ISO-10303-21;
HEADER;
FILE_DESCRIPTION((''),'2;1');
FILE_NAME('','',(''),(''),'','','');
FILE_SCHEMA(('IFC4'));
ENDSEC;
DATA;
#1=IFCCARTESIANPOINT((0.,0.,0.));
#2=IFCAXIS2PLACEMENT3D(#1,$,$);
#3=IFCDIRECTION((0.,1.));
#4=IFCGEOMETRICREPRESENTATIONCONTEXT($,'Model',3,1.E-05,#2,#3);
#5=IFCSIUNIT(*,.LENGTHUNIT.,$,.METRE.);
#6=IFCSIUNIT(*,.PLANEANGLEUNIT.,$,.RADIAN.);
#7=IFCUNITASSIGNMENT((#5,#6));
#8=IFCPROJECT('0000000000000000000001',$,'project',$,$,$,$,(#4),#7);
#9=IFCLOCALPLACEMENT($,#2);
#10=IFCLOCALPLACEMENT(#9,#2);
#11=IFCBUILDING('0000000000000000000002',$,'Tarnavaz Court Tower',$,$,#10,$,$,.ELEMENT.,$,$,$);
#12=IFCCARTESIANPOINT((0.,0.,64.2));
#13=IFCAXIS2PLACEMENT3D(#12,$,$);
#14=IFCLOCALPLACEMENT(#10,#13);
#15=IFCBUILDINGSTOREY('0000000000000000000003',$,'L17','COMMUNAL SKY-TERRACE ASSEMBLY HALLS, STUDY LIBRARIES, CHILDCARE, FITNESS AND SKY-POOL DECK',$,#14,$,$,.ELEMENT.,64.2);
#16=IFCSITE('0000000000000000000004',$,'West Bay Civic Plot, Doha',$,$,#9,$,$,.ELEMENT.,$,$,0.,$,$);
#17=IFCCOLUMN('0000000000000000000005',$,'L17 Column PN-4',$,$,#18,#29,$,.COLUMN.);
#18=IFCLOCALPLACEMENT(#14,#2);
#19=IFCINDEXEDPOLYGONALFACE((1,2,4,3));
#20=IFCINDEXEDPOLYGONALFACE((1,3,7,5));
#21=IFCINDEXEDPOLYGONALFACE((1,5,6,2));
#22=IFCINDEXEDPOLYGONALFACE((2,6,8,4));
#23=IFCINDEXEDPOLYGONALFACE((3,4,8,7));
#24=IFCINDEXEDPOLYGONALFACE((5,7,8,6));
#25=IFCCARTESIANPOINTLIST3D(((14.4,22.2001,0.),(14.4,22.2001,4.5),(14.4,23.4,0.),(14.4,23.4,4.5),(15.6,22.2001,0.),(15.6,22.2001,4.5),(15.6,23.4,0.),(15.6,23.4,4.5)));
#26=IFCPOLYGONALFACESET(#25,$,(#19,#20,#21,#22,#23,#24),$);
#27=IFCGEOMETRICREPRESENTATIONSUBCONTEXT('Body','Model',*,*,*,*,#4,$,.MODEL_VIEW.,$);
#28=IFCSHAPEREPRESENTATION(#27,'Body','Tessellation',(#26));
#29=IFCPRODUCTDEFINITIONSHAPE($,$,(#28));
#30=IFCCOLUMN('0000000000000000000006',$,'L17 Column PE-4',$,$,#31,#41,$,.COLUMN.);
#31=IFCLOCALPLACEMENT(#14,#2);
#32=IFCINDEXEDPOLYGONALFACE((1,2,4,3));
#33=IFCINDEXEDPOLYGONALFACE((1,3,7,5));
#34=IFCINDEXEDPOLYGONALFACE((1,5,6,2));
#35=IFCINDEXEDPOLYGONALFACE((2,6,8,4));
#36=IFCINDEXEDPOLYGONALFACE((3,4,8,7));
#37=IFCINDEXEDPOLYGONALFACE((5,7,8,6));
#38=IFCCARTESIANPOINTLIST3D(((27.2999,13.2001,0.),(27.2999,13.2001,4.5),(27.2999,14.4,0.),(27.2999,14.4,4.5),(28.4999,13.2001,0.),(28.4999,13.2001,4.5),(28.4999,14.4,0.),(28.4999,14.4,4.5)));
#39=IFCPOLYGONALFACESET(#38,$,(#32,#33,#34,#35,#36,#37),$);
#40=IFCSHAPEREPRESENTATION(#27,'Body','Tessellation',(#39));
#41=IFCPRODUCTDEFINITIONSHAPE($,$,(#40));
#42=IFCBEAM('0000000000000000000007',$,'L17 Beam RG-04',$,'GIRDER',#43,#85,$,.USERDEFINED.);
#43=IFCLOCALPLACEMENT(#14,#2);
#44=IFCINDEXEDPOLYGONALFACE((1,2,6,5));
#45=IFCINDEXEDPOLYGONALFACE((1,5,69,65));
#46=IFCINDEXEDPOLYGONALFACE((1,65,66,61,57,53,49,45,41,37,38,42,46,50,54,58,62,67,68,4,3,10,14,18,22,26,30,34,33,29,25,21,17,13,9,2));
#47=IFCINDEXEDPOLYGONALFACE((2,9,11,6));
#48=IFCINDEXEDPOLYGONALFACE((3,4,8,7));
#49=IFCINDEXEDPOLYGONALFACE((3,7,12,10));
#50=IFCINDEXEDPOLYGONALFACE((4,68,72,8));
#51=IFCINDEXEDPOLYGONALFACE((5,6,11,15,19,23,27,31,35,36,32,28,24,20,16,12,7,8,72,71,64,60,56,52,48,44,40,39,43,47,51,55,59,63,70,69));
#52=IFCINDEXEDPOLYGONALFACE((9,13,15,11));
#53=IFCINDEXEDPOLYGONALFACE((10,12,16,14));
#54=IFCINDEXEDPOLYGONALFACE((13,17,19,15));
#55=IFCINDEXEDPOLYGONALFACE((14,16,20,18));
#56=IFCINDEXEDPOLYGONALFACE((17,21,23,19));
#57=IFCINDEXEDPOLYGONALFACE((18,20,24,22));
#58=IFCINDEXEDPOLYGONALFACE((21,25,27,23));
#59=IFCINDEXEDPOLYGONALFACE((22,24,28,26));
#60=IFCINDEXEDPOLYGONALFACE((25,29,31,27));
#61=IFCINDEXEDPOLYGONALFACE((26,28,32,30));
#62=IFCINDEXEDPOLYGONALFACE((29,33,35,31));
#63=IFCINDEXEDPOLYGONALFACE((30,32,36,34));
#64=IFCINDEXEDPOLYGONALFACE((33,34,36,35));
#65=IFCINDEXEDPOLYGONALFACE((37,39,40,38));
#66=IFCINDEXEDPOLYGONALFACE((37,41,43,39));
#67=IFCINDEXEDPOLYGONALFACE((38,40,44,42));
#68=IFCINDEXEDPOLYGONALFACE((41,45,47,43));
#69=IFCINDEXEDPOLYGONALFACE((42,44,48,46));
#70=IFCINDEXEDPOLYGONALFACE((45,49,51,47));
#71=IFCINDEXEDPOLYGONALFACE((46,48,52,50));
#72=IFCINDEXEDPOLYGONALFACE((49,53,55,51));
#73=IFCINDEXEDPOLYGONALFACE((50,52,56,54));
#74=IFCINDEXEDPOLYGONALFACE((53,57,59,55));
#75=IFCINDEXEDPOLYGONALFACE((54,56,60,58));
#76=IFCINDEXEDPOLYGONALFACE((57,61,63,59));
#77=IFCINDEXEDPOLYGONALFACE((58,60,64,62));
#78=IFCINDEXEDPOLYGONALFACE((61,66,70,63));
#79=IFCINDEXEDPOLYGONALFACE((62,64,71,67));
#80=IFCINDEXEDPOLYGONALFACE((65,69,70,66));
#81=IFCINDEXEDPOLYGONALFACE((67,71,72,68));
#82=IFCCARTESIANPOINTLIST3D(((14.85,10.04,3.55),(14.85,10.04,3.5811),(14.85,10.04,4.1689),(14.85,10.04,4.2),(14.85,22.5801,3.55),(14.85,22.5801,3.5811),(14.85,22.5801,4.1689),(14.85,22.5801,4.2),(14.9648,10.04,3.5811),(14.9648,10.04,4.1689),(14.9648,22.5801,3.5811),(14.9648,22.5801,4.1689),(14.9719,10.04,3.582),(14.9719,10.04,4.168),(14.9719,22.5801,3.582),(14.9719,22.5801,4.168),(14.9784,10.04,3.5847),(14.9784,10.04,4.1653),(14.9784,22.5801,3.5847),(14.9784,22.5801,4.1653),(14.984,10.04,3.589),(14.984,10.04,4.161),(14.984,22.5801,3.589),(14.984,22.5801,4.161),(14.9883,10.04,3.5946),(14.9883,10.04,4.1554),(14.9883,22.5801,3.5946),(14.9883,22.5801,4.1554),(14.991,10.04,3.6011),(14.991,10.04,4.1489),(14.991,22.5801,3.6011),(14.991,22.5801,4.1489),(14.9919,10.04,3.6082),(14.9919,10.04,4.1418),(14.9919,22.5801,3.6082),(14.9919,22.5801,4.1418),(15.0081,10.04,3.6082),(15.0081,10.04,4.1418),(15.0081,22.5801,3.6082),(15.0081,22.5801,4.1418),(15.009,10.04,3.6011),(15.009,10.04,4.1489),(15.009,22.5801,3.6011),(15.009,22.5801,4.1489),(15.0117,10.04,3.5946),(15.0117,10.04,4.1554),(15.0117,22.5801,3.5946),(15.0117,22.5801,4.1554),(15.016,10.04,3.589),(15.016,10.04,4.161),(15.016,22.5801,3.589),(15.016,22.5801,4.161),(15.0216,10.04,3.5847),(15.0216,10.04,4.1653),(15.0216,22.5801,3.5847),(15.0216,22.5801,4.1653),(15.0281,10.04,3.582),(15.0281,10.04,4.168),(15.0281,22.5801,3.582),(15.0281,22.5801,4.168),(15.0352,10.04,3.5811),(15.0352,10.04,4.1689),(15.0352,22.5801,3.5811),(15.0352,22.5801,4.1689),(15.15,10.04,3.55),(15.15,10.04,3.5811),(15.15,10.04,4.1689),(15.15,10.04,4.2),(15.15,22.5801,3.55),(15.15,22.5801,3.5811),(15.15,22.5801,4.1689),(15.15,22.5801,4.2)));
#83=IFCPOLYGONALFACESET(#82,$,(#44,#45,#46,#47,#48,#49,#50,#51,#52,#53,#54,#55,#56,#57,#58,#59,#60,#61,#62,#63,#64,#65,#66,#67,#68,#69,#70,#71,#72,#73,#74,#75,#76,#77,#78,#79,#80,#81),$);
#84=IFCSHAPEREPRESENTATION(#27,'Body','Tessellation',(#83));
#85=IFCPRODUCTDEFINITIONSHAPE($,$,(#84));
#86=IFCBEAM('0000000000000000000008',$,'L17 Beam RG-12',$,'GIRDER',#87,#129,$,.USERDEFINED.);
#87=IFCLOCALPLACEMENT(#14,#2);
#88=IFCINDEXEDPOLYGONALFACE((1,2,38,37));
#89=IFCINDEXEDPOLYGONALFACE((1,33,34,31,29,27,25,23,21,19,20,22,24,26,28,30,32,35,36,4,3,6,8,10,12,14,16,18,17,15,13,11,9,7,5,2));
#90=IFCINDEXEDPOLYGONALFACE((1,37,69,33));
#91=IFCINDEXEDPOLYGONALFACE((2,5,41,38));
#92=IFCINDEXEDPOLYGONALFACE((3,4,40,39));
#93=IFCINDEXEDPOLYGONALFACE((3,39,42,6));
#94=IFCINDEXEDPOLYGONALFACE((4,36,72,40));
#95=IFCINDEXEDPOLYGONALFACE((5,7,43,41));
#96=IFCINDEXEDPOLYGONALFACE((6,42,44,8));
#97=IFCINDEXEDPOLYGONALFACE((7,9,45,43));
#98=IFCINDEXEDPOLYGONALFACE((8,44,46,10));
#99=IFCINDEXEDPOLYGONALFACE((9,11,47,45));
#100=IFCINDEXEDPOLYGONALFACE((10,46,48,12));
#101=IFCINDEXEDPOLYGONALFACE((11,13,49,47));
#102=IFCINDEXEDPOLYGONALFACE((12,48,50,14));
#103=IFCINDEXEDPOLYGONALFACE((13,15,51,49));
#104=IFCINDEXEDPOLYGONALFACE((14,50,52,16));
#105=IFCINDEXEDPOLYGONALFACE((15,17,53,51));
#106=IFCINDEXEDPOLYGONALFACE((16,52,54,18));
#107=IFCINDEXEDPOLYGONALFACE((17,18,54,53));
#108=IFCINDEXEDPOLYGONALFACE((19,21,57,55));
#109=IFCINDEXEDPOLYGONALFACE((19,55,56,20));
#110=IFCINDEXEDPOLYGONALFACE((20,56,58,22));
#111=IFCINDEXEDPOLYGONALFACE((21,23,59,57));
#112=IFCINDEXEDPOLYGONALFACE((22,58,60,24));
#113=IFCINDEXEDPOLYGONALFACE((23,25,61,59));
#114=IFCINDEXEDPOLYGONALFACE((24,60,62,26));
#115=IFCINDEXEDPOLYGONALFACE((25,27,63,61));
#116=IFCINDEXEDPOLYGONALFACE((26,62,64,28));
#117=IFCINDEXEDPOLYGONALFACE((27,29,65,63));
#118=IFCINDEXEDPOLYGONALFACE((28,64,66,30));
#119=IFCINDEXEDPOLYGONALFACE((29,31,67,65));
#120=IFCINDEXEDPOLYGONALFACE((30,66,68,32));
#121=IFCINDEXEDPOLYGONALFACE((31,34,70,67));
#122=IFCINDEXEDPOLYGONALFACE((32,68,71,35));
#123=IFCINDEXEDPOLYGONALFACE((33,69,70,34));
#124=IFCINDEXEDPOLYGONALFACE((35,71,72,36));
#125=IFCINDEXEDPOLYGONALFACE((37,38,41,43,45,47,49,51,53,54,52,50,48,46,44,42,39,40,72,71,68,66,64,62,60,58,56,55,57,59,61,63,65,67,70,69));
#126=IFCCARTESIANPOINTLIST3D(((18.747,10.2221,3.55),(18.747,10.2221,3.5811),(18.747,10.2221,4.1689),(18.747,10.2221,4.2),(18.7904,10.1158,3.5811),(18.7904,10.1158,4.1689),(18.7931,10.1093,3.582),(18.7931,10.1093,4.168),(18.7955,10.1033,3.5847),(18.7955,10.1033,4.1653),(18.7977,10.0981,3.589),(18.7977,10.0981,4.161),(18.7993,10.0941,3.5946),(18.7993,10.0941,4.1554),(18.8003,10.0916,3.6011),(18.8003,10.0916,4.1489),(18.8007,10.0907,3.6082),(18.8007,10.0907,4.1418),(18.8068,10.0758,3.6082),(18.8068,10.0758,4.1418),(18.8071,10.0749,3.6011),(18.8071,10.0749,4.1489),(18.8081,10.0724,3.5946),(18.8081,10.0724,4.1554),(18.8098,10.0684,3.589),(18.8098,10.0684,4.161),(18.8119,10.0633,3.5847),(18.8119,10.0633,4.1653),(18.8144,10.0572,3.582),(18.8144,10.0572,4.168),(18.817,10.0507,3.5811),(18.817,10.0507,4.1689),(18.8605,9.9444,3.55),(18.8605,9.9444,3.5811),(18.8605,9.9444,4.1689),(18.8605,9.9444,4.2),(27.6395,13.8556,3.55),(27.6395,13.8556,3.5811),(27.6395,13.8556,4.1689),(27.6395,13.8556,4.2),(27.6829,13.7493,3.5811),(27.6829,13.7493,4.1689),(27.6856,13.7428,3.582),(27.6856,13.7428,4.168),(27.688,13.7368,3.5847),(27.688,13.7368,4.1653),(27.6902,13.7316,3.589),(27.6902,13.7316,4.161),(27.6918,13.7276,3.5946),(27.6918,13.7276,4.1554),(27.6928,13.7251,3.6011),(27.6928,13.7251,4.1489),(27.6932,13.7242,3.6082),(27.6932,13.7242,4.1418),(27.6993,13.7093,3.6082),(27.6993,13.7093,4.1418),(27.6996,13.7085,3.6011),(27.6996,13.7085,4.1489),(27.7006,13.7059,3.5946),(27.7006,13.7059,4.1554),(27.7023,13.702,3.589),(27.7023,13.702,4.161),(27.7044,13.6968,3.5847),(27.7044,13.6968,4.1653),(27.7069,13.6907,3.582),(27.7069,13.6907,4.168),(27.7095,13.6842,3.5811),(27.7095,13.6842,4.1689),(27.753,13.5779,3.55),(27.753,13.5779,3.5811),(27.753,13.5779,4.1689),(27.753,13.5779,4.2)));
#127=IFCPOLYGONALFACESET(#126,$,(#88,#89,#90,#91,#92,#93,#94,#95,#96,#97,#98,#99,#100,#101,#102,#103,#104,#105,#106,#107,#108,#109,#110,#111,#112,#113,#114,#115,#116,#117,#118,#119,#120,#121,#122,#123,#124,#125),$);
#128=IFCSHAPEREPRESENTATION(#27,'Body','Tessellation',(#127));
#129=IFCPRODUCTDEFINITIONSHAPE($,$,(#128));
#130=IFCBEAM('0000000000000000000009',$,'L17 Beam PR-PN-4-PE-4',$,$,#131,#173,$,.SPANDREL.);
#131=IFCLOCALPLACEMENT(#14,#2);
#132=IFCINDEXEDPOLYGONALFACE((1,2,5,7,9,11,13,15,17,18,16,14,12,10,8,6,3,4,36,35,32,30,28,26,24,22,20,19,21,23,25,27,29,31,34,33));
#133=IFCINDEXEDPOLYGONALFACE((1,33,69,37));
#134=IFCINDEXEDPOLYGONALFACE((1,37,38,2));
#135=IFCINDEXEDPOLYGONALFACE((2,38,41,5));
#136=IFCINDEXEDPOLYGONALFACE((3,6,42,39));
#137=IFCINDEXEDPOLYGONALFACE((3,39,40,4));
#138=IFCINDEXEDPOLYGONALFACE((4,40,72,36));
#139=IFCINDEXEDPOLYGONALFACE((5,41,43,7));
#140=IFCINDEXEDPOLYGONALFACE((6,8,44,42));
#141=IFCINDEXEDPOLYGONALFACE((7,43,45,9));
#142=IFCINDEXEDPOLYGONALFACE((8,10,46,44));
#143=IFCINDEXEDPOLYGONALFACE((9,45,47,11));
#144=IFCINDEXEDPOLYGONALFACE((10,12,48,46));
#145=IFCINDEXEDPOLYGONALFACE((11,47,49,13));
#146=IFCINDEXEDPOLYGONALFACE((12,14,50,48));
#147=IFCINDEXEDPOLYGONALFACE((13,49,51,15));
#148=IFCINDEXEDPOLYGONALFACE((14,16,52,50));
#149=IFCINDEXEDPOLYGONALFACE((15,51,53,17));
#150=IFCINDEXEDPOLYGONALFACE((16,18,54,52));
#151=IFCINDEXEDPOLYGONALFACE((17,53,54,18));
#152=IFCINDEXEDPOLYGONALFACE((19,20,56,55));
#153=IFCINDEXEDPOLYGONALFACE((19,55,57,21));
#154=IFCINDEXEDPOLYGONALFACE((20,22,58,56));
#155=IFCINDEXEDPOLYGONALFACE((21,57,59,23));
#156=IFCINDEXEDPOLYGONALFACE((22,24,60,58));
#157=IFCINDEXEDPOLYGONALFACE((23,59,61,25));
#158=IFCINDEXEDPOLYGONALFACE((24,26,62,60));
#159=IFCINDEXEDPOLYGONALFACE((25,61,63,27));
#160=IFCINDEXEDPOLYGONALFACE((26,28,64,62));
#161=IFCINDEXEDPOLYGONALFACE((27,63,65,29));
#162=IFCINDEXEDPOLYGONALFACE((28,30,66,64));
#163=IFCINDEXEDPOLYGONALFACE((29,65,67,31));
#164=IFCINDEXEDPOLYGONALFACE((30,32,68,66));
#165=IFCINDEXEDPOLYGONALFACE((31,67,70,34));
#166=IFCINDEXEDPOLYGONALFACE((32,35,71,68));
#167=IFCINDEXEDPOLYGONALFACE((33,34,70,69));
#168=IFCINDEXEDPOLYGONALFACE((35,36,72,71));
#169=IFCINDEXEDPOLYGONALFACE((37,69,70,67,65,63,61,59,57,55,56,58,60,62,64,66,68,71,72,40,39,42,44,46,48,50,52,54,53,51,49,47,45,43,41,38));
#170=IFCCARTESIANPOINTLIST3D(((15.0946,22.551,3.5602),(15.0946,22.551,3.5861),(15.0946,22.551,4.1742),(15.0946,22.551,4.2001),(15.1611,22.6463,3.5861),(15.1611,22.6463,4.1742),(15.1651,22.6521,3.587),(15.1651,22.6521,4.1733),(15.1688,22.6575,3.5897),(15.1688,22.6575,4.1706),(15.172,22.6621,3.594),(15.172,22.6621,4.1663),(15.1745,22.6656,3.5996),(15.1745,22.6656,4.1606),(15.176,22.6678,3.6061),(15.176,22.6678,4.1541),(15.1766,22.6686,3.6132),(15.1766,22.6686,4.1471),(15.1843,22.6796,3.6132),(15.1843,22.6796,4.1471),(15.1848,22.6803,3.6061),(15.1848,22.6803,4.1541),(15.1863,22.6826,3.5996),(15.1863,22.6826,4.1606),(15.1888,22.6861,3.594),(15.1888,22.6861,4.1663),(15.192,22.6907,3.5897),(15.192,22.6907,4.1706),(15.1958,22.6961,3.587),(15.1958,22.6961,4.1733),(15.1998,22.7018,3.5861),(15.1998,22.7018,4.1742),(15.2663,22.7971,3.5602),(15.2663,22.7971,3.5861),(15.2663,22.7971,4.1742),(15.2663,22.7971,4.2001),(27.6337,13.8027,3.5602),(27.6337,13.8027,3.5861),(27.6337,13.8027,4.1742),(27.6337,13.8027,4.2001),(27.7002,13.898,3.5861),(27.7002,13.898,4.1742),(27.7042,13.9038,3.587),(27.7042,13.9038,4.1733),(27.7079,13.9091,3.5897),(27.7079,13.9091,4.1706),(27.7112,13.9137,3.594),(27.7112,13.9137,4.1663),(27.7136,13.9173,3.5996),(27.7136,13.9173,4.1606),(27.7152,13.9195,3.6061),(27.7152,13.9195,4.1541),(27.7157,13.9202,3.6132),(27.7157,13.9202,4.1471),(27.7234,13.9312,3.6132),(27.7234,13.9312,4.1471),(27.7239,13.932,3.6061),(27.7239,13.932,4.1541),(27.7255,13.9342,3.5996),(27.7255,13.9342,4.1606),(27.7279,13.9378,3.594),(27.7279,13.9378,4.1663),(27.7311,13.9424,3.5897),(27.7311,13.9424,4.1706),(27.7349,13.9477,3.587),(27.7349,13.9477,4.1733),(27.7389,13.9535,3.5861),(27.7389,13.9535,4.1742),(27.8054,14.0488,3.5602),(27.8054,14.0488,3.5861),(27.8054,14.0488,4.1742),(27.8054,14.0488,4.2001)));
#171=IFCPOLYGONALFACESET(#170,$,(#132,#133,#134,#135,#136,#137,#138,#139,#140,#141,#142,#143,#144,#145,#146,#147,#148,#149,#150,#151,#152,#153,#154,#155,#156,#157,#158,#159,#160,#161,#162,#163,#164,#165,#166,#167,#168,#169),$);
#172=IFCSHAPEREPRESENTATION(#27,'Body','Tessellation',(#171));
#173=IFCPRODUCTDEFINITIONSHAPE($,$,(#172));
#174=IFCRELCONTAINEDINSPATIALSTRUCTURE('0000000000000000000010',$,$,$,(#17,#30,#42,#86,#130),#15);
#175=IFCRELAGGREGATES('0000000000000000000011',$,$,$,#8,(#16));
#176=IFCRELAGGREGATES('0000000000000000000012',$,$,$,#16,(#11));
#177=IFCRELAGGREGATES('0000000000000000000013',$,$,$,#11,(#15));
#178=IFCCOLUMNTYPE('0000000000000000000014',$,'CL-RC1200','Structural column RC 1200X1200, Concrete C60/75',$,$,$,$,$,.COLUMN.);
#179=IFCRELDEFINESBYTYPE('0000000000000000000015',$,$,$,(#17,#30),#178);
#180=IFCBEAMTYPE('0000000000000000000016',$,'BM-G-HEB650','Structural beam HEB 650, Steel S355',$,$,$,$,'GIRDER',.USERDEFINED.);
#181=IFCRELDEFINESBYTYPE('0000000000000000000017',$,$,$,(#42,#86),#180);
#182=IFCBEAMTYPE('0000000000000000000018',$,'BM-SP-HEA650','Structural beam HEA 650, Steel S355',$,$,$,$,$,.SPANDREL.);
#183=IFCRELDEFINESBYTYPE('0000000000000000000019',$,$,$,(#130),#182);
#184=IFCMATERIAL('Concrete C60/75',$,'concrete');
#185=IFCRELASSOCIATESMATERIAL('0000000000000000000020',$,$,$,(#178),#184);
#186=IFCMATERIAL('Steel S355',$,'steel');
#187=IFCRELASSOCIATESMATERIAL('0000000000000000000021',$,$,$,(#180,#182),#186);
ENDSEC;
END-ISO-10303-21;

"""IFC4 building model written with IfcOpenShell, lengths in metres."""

from ifc_helpers import new_model, si_unit, direction, frame, origin, origin_2d, place, context, subcontext, project, spatial, rectangle, i_section, extrude, material, material_profile, profile_set, type_object, element, save


model = new_model("IFC4")

# Units and contexts
model_context = context("Model", 3, precision=1e-05, world=origin(), true_north=direction((0.0, 1.0)))
body_context = subcontext(model_context, "Body", "Model", "MODEL_VIEW")
ifc_project = project(units=[si_unit("LENGTHUNIT", "METRE"), si_unit("PLANEANGLEUNIT", "RADIAN")], contexts=[model_context])

# Site, building, storey
site_placement = place(None, origin())
site = spatial("IfcSite", under=ifc_project, at=site_placement, Name="West Bay Civic Plot, Doha", CompositionType="ELEMENT", RefElevation=0.0)
building_placement = place(site_placement, origin())
building = spatial("IfcBuilding", under=site, at=building_placement, Name="Tarnavaz Court Tower", CompositionType="ELEMENT")
storey_placement = place(building_placement, frame((0.0, 0.0, 64.2)))
storey = spatial("IfcBuildingStorey", under=building, at=storey_placement, Name="L17", Description="COMMUNAL SKY-TERRACE ASSEMBLY HALLS, STUDY LIBRARIES, CHILDCARE, FITNESS AND SKY-POOL DECK", CompositionType="ELEMENT", Elevation=64.2)

# Columns
ifc_material_1 = material(Name="Concrete C60/75", Category="concrete")
ifc_material_profile_1 = material_profile(ifc_material_1, rectangle(XDim=1.2, YDim=1.2, at=origin_2d()), Name="RC 1200X1200")
ifc_profile_set_1 = profile_set([ifc_material_profile_1], Name="Concrete C60/75")
column_type = type_object("IfcColumnType", Name="CL-RC1200", Description="Structural column RC 1200X1200, Concrete C60/75", PredefinedType="COLUMN", material=ifc_profile_set_1)
for number, where, z_axis, x_axis, name in (
    (1, (15.0, 22.8, 0.0), (0.0, 0.0, 1.0), (1.0, 0.0, 0.0), "L17 Column PN-4"),
    (2, (27.8999, 13.8, 0.0), (0.0, 0.0, 1.0), (1.0, 0.0, 0.0), "L17 Column PE-4"),
):
    element("IfcColumn", number, at=place(storey_placement, frame(where, z_axis=z_axis, x_axis=x_axis)), inside=storey, type_object=column_type, Name=name, PredefinedType="COLUMN", context=body_context, shape_type="SweptSolid", body=[
        extrude(rectangle(XDim=1.2, YDim=1.2, at=origin_2d()), origin(), (0.0, 0.0, 1.0), 4.5),
    ])

# Beams
ifc_material_2 = material(Name="Steel S355", Category="steel")
ifc_material_profile_2 = material_profile(ifc_material_2, i_section(OverallWidth=0.3, OverallDepth=0.6499, WebThickness=0.0161, FlangeThickness=0.031, FilletRadius=0.0271, at=origin_2d()), Name="HEB 650")
ifc_profile_set_2 = profile_set([ifc_material_profile_2], Name="Steel S355")
beam_type_1 = type_object("IfcBeamType", Name="BM-G-HEB650", Description="Structural beam HEB 650, Steel S355", ElementType="GIRDER", PredefinedType="USERDEFINED", material=ifc_profile_set_2)
beam_1_placement = place(storey_placement, frame((15.0, 10.04, 3.875), z_axis=(0.0, 1.0, 0.0), x_axis=(-1.0, 0.0, 0.0)))
element("IfcBeam", 3, at=beam_1_placement, inside=storey, type_object=beam_type_1, Name="L17 Beam RG-04", ObjectType="GIRDER", PredefinedType="USERDEFINED", context=body_context, shape_type="SweptSolid", body=[
    extrude(i_section(OverallWidth=0.3, OverallDepth=0.6499, WebThickness=0.0161, FlangeThickness=0.031, FilletRadius=0.0271, at=origin_2d()), origin(), (0.0, 0.0, 1.0), 12.54),
])
beam_2_placement = place(storey_placement, frame((18.8037, 10.0833, 3.875), z_axis=(0.925705, 0.378247, 0.0), x_axis=(-0.378247, 0.925705, 0.0)))
element("IfcBeam", 4, at=beam_2_placement, inside=storey, type_object=beam_type_1, Name="L17 Beam RG-12", ObjectType="GIRDER", PredefinedType="USERDEFINED", context=body_context, shape_type="SweptSolid", body=[
    extrude(i_section(OverallWidth=0.3, OverallDepth=0.6499, WebThickness=0.0161, FlangeThickness=0.031, FilletRadius=0.0271, at=origin_2d()), origin(), (0.0, 0.0, 1.0), 9.6062),
])
ifc_material_profile_3 = material_profile(ifc_material_2, i_section(OverallWidth=0.3, OverallDepth=0.6399, WebThickness=0.0134, FlangeThickness=0.0259, FilletRadius=0.0271, at=origin_2d()), Name="HEA 650")
ifc_profile_set_3 = profile_set([ifc_material_profile_3], Name="Steel S355")
beam_type_2 = type_object("IfcBeamType", Name="BM-SP-HEA650", Description="Structural beam HEA 650, Steel S355", PredefinedType="SPANDREL", material=ifc_profile_set_3)
beam_3_placement = place(storey_placement, frame((15.1804, 22.6741, 3.8801), z_axis=(0.820124, -0.572186, 0.0), x_axis=(0.572186, 0.820124, 0.0)))
element("IfcBeam", 5, at=beam_3_placement, inside=storey, type_object=beam_type_2, Name="L17 Beam PR-PN-4-PE-4", PredefinedType="SPANDREL", context=body_context, shape_type="SweptSolid", body=[
    extrude(i_section(OverallWidth=0.3, OverallDepth=0.6399, WebThickness=0.0134, FlangeThickness=0.0259, FilletRadius=0.0271, at=origin_2d()), origin(), (0.0, 0.0, 1.0), 15.2893),
])

save(model, "model.ifc")
